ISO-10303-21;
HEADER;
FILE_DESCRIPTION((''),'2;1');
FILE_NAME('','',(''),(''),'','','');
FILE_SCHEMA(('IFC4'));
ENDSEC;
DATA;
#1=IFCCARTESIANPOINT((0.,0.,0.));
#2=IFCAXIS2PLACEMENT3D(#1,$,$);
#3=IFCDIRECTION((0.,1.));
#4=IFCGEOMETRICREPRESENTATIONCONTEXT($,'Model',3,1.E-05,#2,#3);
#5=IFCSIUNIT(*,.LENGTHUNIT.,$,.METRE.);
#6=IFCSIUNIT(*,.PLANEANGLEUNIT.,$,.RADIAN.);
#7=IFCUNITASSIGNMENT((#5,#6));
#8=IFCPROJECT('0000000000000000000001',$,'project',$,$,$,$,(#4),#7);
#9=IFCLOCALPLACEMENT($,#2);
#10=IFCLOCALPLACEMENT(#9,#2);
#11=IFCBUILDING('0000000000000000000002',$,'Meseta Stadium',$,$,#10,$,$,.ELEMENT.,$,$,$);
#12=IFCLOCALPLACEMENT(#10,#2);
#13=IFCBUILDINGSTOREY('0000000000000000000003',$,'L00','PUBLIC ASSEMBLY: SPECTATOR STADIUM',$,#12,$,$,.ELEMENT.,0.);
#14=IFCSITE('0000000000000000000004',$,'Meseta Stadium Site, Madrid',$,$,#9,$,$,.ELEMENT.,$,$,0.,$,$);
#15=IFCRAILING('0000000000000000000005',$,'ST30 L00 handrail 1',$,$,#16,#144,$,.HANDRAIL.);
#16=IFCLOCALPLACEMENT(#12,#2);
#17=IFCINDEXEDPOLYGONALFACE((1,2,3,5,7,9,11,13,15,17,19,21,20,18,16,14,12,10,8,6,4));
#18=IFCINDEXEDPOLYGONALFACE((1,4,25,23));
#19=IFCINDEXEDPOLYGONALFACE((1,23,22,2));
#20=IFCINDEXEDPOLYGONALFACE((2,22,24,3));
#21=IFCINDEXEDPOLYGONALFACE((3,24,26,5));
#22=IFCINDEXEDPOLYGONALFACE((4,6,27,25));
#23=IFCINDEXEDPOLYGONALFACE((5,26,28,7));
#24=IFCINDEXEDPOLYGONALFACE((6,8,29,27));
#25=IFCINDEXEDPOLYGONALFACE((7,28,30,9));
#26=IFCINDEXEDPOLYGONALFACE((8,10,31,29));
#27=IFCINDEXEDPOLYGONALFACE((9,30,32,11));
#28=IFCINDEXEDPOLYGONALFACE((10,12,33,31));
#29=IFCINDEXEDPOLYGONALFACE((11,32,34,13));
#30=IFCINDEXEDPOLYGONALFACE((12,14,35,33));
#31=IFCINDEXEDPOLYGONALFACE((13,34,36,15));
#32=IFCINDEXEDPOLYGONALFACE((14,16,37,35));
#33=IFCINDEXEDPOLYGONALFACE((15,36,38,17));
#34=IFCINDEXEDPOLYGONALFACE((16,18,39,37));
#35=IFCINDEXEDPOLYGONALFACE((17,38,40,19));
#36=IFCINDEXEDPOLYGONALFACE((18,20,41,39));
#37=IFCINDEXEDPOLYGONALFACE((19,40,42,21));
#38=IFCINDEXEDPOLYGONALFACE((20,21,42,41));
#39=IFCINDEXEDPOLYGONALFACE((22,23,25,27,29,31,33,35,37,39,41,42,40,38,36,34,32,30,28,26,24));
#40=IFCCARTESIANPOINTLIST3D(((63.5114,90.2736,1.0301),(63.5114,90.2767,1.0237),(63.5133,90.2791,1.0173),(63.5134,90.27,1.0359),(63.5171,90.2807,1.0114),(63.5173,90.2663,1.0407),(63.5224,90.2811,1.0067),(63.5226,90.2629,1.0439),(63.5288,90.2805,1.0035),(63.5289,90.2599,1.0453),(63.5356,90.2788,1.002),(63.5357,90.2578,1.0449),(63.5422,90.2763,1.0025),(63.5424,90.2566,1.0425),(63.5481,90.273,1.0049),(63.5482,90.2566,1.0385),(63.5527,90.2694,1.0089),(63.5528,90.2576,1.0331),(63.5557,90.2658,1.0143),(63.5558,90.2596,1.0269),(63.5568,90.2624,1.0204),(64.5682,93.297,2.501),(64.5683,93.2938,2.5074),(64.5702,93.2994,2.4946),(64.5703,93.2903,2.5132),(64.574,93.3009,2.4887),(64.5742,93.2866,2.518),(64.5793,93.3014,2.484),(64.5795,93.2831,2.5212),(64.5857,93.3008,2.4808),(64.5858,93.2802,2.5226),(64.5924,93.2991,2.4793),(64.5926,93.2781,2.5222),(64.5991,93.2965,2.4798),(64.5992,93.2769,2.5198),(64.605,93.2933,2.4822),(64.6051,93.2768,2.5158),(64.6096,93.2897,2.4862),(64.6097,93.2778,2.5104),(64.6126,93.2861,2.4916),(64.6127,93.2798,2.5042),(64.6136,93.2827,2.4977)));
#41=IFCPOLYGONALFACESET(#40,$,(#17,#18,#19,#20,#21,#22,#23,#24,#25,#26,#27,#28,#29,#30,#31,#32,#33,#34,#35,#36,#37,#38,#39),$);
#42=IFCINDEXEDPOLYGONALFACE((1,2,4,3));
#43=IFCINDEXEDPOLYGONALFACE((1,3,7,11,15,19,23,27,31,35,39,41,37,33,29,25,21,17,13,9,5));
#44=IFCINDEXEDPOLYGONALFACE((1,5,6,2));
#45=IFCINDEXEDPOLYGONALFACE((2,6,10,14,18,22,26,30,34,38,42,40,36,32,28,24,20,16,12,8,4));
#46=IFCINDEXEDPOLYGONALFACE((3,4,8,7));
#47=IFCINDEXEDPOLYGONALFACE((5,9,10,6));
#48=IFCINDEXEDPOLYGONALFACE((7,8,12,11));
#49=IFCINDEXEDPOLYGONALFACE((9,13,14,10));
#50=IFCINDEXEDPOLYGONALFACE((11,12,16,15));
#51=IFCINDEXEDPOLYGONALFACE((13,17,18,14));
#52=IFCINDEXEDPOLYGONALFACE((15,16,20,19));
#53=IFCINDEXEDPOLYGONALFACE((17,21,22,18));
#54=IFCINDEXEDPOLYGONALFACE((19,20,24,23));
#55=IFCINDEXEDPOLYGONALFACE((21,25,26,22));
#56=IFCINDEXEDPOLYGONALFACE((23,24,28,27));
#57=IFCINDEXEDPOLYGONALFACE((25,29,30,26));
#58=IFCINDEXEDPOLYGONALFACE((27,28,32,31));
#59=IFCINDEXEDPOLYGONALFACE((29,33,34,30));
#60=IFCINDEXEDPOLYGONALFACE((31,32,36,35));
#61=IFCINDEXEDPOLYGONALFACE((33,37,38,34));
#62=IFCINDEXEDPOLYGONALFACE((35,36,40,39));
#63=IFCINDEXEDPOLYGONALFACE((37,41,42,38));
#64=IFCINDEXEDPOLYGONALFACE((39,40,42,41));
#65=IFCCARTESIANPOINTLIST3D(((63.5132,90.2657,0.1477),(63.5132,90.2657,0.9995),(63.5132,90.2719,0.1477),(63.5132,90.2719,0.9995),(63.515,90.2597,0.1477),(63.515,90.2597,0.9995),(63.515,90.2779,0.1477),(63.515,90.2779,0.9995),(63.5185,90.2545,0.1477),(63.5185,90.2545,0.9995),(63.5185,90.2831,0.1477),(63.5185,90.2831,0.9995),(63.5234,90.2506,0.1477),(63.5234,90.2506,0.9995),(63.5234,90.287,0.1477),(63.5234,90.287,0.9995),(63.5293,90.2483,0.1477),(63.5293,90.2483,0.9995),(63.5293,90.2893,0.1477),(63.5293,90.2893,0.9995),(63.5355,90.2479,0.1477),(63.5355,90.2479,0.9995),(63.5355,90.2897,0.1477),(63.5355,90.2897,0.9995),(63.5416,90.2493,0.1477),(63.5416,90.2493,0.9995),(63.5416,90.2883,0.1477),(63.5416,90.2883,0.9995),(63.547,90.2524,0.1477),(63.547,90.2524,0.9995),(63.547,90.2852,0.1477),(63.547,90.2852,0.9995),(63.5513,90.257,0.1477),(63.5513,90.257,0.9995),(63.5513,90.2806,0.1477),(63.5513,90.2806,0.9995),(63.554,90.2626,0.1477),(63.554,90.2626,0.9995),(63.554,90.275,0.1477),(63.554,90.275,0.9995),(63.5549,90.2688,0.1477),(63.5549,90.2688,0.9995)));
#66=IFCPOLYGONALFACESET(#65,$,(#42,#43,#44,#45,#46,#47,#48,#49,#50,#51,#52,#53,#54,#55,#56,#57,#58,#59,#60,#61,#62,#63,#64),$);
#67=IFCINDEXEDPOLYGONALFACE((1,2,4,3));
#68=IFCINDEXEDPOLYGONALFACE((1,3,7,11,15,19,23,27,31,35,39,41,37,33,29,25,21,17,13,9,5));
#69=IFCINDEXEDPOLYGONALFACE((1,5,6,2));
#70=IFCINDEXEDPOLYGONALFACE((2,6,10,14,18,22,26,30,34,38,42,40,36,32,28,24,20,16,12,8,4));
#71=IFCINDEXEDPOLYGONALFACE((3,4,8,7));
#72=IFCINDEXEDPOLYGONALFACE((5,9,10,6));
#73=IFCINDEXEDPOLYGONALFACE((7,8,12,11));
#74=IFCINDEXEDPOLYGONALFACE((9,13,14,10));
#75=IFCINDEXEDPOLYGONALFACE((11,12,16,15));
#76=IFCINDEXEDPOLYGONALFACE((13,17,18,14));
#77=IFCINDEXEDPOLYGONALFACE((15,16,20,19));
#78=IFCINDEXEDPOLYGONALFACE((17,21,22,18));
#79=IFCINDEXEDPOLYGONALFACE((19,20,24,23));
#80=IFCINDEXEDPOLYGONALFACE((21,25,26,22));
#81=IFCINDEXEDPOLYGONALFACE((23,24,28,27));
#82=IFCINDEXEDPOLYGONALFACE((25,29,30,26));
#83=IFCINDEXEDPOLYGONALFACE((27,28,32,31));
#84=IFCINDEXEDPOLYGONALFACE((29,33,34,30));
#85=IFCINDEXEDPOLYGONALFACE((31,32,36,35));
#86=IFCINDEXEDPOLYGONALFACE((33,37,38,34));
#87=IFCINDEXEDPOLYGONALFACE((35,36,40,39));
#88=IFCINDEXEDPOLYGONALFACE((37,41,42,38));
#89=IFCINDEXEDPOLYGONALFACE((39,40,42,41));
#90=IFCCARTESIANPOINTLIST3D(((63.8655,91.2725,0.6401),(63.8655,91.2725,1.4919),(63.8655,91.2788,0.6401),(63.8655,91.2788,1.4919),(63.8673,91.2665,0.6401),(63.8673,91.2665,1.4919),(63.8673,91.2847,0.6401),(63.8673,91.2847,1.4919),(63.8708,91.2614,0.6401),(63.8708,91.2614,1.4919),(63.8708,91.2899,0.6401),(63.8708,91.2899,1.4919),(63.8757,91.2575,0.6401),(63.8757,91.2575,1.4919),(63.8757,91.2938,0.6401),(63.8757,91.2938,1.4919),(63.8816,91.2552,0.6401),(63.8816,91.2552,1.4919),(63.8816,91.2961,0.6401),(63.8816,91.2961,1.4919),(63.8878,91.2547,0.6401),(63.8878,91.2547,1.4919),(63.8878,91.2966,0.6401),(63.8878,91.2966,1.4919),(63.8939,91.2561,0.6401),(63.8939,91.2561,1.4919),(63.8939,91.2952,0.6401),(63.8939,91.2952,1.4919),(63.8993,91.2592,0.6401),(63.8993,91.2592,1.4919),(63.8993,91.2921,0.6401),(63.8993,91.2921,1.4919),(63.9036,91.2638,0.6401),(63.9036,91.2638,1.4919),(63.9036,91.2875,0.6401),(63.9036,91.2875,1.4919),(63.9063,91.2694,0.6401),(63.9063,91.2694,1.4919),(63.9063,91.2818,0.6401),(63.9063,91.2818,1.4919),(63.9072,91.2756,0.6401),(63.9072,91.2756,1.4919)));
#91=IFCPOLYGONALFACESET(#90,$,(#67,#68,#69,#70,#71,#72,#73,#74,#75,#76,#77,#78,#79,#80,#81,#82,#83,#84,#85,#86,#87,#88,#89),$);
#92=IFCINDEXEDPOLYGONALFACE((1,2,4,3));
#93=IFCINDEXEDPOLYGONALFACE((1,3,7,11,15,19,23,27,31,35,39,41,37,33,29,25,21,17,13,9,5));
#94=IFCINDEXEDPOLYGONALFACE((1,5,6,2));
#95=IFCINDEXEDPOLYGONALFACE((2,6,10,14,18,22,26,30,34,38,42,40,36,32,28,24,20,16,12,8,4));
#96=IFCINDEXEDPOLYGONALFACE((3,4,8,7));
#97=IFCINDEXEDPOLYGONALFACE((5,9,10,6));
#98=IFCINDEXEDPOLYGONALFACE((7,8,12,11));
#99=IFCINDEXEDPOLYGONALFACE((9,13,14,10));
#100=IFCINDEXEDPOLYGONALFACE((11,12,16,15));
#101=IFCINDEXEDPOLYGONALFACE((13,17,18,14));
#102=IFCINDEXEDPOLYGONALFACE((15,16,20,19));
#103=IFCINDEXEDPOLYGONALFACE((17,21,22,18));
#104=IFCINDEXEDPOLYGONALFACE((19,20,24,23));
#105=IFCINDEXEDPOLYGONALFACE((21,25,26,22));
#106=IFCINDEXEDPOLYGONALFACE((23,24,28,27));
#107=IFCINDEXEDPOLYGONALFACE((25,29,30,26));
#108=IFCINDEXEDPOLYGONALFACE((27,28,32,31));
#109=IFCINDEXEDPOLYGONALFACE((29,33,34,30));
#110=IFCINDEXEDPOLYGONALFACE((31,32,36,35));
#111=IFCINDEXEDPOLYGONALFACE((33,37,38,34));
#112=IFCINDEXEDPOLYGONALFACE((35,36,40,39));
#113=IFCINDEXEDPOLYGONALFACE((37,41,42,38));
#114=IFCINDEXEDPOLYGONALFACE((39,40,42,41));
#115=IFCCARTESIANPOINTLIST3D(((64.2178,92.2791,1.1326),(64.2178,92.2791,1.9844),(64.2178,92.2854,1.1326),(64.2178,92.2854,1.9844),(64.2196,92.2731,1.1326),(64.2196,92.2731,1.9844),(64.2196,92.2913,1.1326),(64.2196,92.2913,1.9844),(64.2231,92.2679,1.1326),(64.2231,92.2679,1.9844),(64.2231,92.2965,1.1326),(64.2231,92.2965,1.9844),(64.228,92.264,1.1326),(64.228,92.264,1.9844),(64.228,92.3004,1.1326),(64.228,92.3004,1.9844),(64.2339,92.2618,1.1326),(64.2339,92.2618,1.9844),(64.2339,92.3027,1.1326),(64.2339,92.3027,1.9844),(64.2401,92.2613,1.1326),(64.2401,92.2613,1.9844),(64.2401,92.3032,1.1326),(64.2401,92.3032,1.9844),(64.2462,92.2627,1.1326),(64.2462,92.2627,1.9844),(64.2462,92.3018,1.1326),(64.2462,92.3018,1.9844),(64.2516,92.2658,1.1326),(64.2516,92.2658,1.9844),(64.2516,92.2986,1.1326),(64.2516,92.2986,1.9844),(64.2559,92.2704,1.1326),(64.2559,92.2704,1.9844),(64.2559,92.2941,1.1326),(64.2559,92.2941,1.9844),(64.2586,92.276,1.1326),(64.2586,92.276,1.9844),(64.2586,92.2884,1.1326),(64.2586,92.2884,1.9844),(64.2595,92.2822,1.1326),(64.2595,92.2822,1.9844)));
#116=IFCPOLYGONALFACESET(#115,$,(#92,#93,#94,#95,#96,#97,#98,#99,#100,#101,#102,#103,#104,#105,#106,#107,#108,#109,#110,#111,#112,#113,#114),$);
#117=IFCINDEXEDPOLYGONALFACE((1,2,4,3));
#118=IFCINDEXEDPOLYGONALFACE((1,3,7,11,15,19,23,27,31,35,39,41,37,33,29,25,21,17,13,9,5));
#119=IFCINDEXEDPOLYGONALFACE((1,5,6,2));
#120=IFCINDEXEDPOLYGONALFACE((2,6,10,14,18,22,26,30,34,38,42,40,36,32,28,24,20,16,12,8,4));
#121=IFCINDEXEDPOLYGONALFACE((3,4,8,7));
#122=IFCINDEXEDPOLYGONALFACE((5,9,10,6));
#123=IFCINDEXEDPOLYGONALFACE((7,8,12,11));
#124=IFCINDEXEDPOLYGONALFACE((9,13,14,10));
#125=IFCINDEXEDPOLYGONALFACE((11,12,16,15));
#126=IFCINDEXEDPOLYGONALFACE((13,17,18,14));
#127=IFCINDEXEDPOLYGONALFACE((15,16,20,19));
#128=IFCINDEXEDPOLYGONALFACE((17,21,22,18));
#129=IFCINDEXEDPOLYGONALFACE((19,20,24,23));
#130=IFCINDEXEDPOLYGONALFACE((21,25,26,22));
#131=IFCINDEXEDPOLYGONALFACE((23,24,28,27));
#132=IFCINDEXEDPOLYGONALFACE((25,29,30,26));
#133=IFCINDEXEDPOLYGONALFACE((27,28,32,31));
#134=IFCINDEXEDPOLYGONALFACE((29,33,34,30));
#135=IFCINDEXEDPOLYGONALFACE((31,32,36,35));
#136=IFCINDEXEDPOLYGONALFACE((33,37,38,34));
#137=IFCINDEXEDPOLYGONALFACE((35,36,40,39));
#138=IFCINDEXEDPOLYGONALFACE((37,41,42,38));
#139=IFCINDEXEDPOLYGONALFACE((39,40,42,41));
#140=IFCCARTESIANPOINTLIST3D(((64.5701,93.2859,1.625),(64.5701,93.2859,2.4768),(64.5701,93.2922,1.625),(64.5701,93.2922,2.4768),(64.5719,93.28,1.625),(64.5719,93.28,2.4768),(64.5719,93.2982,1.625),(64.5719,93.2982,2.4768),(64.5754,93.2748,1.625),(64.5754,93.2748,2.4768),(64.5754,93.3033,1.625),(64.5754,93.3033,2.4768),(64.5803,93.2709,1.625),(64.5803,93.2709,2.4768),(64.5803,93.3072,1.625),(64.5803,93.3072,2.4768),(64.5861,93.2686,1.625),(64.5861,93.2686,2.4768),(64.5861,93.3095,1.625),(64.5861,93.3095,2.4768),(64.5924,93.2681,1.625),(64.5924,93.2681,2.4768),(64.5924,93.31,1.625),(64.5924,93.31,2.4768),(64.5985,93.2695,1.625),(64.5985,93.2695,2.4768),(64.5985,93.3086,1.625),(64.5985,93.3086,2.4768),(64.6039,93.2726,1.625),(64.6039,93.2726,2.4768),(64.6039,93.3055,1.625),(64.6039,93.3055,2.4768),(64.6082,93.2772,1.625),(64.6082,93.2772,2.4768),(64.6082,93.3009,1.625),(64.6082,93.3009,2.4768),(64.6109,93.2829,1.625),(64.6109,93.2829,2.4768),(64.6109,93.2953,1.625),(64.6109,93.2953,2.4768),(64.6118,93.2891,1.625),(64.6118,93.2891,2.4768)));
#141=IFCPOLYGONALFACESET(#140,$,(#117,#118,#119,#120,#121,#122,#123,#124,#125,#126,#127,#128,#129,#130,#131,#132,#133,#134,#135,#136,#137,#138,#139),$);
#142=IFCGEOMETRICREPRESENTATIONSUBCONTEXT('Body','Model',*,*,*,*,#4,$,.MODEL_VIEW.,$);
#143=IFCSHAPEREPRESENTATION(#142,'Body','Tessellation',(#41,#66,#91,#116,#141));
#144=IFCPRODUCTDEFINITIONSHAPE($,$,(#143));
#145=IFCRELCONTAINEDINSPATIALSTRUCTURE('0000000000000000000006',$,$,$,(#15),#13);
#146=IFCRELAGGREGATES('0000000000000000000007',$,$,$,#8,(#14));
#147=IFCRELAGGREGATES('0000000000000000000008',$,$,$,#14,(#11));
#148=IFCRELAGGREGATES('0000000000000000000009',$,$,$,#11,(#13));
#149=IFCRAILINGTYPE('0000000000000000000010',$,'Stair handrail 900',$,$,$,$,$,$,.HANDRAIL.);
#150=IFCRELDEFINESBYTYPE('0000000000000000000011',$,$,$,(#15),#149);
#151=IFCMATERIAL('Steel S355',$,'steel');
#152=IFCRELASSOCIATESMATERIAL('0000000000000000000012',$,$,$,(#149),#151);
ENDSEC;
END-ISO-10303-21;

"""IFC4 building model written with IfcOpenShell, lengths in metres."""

from ifc_helpers import new_model, si_unit, direction, frame, origin, origin_2d, place, context, subcontext, project, spatial, circle, extrude, material, type_object, element, save


model = new_model("IFC4")

# Units and contexts
model_context = context("Model", 3, precision=1e-05, world=origin(), true_north=direction((0.0, 1.0)))
body_context = subcontext(model_context, "Body", "Model", "MODEL_VIEW")
ifc_project = project(units=[si_unit("LENGTHUNIT", "METRE"), si_unit("PLANEANGLEUNIT", "RADIAN")], contexts=[model_context])

# Site, building, storey
site_placement = place(None, origin())
site = spatial("IfcSite", under=ifc_project, at=site_placement, Name="Meseta Stadium Site, Madrid", CompositionType="ELEMENT", RefElevation=0.0)
building_placement = place(site_placement, origin())
building = spatial("IfcBuilding", under=site, at=building_placement, Name="Meseta Stadium", CompositionType="ELEMENT")
storey_placement = place(building_placement, origin())
storey = spatial("IfcBuildingStorey", under=building, at=storey_placement, Name="L00", Description="PUBLIC ASSEMBLY: SPECTATOR STADIUM", CompositionType="ELEMENT", Elevation=0.0)

# Railing
ifc_material_1 = material(Name="Steel S355", Category="steel")
railing_type_1 = type_object("IfcRailingType", Name="Stair handrail 900", PredefinedType="HANDRAIL", material=ifc_material_1)
for number, where, name in (
    (1, (63.5339, 90.2688, 0.1477), "ST30 L00 handrail 1"),
):
    element("IfcRailing", number, at=place(storey_placement, frame(where)), inside=storey, type_object=railing_type_1, Name=name, PredefinedType="HANDRAIL", context=body_context, shape_type="SweptSolid", body=[
        extrude(circle(Radius=0.0239, at=origin_2d()), frame((0.0, 0.0, 0.876), z_axis=(0.299876, 0.856958, 0.419162), x_axis=(-0.943879, 0.330293, 0.0)), (0.0, 0.0, 1.0), 3.5244),
        extrude(circle(Radius=0.021, at=origin_2d()), origin(), (0.0, 0.0, 1.0), 0.8518),
        extrude(circle(Radius=0.021, at=origin_2d()), frame((0.3523, 1.0068, 0.4924)), (0.0, 0.0, 1.0), 0.8518),
        extrude(circle(Radius=0.021, at=origin_2d()), frame((0.7046, 2.0134, 0.9849)), (0.0, 0.0, 1.0), 0.8518),
        extrude(circle(Radius=0.021, at=origin_2d()), frame((1.0569, 3.0203, 1.4773)), (0.0, 0.0, 1.0), 0.8518),
    ])

save(model, "model.ifc")
